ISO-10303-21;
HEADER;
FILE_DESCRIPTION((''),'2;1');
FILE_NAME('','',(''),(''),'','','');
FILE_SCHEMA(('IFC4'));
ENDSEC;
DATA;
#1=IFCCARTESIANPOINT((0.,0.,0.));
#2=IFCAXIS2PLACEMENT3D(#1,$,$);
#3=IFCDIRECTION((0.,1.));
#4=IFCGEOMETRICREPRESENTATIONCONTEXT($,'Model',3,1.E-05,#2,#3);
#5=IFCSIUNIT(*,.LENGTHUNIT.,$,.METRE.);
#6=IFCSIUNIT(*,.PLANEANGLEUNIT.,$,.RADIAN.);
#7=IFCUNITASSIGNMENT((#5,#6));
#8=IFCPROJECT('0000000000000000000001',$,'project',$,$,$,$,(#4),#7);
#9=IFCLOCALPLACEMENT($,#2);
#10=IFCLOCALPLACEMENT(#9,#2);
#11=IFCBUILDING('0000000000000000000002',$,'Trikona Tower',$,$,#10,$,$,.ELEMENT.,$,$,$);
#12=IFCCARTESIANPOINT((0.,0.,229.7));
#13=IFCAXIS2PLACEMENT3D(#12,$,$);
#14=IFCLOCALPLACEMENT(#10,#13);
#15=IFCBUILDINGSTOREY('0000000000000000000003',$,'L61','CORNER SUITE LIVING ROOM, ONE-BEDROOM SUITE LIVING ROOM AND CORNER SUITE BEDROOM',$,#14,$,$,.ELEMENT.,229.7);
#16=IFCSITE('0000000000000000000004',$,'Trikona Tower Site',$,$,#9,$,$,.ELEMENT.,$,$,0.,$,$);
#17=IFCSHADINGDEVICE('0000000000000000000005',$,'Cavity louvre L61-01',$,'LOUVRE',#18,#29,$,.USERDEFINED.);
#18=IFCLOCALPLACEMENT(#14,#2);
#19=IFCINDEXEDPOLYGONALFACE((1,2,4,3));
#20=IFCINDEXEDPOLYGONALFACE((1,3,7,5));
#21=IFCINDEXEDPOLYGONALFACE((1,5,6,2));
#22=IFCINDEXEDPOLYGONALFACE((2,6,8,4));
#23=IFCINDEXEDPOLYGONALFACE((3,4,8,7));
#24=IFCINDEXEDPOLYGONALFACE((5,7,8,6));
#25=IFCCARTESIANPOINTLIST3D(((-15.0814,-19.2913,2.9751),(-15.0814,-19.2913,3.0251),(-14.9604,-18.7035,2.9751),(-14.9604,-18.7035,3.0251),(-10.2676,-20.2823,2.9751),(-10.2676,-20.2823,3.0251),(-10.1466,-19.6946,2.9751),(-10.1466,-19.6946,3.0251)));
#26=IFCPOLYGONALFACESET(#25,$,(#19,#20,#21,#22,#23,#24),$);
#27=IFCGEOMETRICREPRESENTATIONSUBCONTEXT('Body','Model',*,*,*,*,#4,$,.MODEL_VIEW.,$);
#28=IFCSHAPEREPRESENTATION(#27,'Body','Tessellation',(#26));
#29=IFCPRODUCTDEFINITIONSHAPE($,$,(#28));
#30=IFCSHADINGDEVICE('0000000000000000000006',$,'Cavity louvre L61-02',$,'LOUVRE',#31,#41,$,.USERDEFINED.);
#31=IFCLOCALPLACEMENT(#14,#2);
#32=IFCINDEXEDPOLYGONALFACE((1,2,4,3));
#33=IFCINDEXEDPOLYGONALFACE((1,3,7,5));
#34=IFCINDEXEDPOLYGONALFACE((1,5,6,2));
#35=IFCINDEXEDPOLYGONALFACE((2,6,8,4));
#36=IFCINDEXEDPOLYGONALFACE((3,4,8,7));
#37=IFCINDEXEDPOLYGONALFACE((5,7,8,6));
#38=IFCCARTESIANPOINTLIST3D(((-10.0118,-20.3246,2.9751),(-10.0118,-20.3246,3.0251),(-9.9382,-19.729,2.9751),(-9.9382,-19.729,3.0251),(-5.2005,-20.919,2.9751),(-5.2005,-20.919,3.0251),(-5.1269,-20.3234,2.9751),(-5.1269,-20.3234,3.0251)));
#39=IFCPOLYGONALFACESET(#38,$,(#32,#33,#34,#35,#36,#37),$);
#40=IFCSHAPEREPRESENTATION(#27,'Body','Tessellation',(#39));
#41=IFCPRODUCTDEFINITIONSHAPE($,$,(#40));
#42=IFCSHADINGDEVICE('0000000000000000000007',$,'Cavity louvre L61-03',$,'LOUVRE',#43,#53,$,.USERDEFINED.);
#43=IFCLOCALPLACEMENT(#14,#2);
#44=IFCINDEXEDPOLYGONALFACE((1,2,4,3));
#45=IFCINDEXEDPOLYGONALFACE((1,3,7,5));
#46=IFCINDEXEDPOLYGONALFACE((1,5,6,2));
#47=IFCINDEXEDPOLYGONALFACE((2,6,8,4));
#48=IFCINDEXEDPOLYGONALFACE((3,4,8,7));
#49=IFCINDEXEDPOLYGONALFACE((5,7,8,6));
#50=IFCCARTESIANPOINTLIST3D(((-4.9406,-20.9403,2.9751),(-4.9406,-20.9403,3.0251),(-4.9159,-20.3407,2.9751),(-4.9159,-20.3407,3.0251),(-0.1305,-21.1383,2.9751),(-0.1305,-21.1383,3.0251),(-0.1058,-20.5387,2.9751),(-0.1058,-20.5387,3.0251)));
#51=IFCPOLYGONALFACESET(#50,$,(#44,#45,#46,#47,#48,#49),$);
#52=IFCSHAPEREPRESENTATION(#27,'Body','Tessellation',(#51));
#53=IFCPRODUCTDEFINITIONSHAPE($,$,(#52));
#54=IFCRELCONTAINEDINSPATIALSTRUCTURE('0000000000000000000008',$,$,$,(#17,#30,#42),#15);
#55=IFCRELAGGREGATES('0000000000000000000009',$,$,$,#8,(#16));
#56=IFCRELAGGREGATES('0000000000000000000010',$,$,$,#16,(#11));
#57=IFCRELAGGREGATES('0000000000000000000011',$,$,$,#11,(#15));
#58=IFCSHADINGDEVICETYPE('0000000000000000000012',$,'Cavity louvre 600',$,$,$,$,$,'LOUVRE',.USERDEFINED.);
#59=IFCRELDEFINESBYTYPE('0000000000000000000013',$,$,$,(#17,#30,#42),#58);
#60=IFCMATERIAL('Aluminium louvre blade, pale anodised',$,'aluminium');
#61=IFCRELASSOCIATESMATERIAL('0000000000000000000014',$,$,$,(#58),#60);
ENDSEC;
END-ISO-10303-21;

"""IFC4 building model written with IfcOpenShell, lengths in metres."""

from ifc_helpers import new_model, si_unit, direction, frame, origin, origin_2d, place, context, subcontext, project, spatial, rectangle, extrude, material, type_object, element, save


model = new_model("IFC4")

# Units and contexts
model_context = context("Model", 3, precision=1e-05, world=origin(), true_north=direction((0.0, 1.0)))
body_context = subcontext(model_context, "Body", "Model", "MODEL_VIEW")
ifc_project = project(units=[si_unit("LENGTHUNIT", "METRE"), si_unit("PLANEANGLEUNIT", "RADIAN")], contexts=[model_context])

# Site, building, storey
site_placement = place(None, origin())
site = spatial("IfcSite", under=ifc_project, at=site_placement, Name="Trikona Tower Site", CompositionType="ELEMENT", RefElevation=0.0)
building_placement = place(site_placement, origin())
building = spatial("IfcBuilding", under=site, at=building_placement, Name="Trikona Tower", CompositionType="ELEMENT")
storey_placement = place(building_placement, frame((0.0, 0.0, 229.7)))
storey = spatial("IfcBuildingStorey", under=building, at=storey_placement, Name="L61", Description="CORNER SUITE LIVING ROOM, ONE-BEDROOM SUITE LIVING ROOM AND CORNER SUITE BEDROOM", CompositionType="ELEMENT", Elevation=229.7)

# Shading devices
ifc_material_1 = material(Name="Aluminium louvre blade, pale anodised", Category="aluminium")
shading_device_type = type_object("IfcShadingDeviceType", Name="Cavity louvre 600", ElementType="LOUVRE", PredefinedType="USERDEFINED", material=ifc_material_1)
shading_device_1_placement = place(storey_placement, frame((-12.614, -19.4929, 2.9751), z_axis=(0.0, 0.0, 1.0), x_axis=(0.979458, -0.201651, 0.0)))
element("IfcShadingDevice", 1, at=shading_device_1_placement, inside=storey, type_object=shading_device_type, Name="Cavity louvre L61-01", ObjectType="LOUVRE", PredefinedType="USERDEFINED", context=body_context, shape_type="SweptSolid", body=[
    extrude(rectangle(XDim=4.9148, YDim=0.6001, at=origin_2d()), origin(), (0.0, 0.0, 1.0), 0.05),
])
shading_device_2_placement = place(storey_placement, frame((-7.5693, -20.324, 2.9751), z_axis=(0.0, 0.0, 1.0), x_axis=(0.992455, -0.122607, 0.0)))
element("IfcShadingDevice", 2, at=shading_device_2_placement, inside=storey, type_object=shading_device_type, Name="Cavity louvre L61-02", ObjectType="LOUVRE", PredefinedType="USERDEFINED", context=body_context, shape_type="SweptSolid", body=[
    extrude(rectangle(XDim=4.8479, YDim=0.6001, at=origin_2d()), origin(), (0.0, 0.0, 1.0), 0.05),
])
shading_device_3_placement = place(storey_placement, frame((-2.5232, -20.7395, 2.9751), z_axis=(0.0, 0.0, 1.0), x_axis=(0.999153, -0.041145, 0.0)))
element("IfcShadingDevice", 3, at=shading_device_3_placement, inside=storey, type_object=shading_device_type, Name="Cavity louvre L61-03", ObjectType="LOUVRE", PredefinedType="USERDEFINED", context=body_context, shape_type="SweptSolid", body=[
    extrude(rectangle(XDim=4.8142, YDim=0.6001, at=origin_2d()), origin(), (0.0, 0.0, 1.0), 0.05),
])

save(model, "model.ifc")
